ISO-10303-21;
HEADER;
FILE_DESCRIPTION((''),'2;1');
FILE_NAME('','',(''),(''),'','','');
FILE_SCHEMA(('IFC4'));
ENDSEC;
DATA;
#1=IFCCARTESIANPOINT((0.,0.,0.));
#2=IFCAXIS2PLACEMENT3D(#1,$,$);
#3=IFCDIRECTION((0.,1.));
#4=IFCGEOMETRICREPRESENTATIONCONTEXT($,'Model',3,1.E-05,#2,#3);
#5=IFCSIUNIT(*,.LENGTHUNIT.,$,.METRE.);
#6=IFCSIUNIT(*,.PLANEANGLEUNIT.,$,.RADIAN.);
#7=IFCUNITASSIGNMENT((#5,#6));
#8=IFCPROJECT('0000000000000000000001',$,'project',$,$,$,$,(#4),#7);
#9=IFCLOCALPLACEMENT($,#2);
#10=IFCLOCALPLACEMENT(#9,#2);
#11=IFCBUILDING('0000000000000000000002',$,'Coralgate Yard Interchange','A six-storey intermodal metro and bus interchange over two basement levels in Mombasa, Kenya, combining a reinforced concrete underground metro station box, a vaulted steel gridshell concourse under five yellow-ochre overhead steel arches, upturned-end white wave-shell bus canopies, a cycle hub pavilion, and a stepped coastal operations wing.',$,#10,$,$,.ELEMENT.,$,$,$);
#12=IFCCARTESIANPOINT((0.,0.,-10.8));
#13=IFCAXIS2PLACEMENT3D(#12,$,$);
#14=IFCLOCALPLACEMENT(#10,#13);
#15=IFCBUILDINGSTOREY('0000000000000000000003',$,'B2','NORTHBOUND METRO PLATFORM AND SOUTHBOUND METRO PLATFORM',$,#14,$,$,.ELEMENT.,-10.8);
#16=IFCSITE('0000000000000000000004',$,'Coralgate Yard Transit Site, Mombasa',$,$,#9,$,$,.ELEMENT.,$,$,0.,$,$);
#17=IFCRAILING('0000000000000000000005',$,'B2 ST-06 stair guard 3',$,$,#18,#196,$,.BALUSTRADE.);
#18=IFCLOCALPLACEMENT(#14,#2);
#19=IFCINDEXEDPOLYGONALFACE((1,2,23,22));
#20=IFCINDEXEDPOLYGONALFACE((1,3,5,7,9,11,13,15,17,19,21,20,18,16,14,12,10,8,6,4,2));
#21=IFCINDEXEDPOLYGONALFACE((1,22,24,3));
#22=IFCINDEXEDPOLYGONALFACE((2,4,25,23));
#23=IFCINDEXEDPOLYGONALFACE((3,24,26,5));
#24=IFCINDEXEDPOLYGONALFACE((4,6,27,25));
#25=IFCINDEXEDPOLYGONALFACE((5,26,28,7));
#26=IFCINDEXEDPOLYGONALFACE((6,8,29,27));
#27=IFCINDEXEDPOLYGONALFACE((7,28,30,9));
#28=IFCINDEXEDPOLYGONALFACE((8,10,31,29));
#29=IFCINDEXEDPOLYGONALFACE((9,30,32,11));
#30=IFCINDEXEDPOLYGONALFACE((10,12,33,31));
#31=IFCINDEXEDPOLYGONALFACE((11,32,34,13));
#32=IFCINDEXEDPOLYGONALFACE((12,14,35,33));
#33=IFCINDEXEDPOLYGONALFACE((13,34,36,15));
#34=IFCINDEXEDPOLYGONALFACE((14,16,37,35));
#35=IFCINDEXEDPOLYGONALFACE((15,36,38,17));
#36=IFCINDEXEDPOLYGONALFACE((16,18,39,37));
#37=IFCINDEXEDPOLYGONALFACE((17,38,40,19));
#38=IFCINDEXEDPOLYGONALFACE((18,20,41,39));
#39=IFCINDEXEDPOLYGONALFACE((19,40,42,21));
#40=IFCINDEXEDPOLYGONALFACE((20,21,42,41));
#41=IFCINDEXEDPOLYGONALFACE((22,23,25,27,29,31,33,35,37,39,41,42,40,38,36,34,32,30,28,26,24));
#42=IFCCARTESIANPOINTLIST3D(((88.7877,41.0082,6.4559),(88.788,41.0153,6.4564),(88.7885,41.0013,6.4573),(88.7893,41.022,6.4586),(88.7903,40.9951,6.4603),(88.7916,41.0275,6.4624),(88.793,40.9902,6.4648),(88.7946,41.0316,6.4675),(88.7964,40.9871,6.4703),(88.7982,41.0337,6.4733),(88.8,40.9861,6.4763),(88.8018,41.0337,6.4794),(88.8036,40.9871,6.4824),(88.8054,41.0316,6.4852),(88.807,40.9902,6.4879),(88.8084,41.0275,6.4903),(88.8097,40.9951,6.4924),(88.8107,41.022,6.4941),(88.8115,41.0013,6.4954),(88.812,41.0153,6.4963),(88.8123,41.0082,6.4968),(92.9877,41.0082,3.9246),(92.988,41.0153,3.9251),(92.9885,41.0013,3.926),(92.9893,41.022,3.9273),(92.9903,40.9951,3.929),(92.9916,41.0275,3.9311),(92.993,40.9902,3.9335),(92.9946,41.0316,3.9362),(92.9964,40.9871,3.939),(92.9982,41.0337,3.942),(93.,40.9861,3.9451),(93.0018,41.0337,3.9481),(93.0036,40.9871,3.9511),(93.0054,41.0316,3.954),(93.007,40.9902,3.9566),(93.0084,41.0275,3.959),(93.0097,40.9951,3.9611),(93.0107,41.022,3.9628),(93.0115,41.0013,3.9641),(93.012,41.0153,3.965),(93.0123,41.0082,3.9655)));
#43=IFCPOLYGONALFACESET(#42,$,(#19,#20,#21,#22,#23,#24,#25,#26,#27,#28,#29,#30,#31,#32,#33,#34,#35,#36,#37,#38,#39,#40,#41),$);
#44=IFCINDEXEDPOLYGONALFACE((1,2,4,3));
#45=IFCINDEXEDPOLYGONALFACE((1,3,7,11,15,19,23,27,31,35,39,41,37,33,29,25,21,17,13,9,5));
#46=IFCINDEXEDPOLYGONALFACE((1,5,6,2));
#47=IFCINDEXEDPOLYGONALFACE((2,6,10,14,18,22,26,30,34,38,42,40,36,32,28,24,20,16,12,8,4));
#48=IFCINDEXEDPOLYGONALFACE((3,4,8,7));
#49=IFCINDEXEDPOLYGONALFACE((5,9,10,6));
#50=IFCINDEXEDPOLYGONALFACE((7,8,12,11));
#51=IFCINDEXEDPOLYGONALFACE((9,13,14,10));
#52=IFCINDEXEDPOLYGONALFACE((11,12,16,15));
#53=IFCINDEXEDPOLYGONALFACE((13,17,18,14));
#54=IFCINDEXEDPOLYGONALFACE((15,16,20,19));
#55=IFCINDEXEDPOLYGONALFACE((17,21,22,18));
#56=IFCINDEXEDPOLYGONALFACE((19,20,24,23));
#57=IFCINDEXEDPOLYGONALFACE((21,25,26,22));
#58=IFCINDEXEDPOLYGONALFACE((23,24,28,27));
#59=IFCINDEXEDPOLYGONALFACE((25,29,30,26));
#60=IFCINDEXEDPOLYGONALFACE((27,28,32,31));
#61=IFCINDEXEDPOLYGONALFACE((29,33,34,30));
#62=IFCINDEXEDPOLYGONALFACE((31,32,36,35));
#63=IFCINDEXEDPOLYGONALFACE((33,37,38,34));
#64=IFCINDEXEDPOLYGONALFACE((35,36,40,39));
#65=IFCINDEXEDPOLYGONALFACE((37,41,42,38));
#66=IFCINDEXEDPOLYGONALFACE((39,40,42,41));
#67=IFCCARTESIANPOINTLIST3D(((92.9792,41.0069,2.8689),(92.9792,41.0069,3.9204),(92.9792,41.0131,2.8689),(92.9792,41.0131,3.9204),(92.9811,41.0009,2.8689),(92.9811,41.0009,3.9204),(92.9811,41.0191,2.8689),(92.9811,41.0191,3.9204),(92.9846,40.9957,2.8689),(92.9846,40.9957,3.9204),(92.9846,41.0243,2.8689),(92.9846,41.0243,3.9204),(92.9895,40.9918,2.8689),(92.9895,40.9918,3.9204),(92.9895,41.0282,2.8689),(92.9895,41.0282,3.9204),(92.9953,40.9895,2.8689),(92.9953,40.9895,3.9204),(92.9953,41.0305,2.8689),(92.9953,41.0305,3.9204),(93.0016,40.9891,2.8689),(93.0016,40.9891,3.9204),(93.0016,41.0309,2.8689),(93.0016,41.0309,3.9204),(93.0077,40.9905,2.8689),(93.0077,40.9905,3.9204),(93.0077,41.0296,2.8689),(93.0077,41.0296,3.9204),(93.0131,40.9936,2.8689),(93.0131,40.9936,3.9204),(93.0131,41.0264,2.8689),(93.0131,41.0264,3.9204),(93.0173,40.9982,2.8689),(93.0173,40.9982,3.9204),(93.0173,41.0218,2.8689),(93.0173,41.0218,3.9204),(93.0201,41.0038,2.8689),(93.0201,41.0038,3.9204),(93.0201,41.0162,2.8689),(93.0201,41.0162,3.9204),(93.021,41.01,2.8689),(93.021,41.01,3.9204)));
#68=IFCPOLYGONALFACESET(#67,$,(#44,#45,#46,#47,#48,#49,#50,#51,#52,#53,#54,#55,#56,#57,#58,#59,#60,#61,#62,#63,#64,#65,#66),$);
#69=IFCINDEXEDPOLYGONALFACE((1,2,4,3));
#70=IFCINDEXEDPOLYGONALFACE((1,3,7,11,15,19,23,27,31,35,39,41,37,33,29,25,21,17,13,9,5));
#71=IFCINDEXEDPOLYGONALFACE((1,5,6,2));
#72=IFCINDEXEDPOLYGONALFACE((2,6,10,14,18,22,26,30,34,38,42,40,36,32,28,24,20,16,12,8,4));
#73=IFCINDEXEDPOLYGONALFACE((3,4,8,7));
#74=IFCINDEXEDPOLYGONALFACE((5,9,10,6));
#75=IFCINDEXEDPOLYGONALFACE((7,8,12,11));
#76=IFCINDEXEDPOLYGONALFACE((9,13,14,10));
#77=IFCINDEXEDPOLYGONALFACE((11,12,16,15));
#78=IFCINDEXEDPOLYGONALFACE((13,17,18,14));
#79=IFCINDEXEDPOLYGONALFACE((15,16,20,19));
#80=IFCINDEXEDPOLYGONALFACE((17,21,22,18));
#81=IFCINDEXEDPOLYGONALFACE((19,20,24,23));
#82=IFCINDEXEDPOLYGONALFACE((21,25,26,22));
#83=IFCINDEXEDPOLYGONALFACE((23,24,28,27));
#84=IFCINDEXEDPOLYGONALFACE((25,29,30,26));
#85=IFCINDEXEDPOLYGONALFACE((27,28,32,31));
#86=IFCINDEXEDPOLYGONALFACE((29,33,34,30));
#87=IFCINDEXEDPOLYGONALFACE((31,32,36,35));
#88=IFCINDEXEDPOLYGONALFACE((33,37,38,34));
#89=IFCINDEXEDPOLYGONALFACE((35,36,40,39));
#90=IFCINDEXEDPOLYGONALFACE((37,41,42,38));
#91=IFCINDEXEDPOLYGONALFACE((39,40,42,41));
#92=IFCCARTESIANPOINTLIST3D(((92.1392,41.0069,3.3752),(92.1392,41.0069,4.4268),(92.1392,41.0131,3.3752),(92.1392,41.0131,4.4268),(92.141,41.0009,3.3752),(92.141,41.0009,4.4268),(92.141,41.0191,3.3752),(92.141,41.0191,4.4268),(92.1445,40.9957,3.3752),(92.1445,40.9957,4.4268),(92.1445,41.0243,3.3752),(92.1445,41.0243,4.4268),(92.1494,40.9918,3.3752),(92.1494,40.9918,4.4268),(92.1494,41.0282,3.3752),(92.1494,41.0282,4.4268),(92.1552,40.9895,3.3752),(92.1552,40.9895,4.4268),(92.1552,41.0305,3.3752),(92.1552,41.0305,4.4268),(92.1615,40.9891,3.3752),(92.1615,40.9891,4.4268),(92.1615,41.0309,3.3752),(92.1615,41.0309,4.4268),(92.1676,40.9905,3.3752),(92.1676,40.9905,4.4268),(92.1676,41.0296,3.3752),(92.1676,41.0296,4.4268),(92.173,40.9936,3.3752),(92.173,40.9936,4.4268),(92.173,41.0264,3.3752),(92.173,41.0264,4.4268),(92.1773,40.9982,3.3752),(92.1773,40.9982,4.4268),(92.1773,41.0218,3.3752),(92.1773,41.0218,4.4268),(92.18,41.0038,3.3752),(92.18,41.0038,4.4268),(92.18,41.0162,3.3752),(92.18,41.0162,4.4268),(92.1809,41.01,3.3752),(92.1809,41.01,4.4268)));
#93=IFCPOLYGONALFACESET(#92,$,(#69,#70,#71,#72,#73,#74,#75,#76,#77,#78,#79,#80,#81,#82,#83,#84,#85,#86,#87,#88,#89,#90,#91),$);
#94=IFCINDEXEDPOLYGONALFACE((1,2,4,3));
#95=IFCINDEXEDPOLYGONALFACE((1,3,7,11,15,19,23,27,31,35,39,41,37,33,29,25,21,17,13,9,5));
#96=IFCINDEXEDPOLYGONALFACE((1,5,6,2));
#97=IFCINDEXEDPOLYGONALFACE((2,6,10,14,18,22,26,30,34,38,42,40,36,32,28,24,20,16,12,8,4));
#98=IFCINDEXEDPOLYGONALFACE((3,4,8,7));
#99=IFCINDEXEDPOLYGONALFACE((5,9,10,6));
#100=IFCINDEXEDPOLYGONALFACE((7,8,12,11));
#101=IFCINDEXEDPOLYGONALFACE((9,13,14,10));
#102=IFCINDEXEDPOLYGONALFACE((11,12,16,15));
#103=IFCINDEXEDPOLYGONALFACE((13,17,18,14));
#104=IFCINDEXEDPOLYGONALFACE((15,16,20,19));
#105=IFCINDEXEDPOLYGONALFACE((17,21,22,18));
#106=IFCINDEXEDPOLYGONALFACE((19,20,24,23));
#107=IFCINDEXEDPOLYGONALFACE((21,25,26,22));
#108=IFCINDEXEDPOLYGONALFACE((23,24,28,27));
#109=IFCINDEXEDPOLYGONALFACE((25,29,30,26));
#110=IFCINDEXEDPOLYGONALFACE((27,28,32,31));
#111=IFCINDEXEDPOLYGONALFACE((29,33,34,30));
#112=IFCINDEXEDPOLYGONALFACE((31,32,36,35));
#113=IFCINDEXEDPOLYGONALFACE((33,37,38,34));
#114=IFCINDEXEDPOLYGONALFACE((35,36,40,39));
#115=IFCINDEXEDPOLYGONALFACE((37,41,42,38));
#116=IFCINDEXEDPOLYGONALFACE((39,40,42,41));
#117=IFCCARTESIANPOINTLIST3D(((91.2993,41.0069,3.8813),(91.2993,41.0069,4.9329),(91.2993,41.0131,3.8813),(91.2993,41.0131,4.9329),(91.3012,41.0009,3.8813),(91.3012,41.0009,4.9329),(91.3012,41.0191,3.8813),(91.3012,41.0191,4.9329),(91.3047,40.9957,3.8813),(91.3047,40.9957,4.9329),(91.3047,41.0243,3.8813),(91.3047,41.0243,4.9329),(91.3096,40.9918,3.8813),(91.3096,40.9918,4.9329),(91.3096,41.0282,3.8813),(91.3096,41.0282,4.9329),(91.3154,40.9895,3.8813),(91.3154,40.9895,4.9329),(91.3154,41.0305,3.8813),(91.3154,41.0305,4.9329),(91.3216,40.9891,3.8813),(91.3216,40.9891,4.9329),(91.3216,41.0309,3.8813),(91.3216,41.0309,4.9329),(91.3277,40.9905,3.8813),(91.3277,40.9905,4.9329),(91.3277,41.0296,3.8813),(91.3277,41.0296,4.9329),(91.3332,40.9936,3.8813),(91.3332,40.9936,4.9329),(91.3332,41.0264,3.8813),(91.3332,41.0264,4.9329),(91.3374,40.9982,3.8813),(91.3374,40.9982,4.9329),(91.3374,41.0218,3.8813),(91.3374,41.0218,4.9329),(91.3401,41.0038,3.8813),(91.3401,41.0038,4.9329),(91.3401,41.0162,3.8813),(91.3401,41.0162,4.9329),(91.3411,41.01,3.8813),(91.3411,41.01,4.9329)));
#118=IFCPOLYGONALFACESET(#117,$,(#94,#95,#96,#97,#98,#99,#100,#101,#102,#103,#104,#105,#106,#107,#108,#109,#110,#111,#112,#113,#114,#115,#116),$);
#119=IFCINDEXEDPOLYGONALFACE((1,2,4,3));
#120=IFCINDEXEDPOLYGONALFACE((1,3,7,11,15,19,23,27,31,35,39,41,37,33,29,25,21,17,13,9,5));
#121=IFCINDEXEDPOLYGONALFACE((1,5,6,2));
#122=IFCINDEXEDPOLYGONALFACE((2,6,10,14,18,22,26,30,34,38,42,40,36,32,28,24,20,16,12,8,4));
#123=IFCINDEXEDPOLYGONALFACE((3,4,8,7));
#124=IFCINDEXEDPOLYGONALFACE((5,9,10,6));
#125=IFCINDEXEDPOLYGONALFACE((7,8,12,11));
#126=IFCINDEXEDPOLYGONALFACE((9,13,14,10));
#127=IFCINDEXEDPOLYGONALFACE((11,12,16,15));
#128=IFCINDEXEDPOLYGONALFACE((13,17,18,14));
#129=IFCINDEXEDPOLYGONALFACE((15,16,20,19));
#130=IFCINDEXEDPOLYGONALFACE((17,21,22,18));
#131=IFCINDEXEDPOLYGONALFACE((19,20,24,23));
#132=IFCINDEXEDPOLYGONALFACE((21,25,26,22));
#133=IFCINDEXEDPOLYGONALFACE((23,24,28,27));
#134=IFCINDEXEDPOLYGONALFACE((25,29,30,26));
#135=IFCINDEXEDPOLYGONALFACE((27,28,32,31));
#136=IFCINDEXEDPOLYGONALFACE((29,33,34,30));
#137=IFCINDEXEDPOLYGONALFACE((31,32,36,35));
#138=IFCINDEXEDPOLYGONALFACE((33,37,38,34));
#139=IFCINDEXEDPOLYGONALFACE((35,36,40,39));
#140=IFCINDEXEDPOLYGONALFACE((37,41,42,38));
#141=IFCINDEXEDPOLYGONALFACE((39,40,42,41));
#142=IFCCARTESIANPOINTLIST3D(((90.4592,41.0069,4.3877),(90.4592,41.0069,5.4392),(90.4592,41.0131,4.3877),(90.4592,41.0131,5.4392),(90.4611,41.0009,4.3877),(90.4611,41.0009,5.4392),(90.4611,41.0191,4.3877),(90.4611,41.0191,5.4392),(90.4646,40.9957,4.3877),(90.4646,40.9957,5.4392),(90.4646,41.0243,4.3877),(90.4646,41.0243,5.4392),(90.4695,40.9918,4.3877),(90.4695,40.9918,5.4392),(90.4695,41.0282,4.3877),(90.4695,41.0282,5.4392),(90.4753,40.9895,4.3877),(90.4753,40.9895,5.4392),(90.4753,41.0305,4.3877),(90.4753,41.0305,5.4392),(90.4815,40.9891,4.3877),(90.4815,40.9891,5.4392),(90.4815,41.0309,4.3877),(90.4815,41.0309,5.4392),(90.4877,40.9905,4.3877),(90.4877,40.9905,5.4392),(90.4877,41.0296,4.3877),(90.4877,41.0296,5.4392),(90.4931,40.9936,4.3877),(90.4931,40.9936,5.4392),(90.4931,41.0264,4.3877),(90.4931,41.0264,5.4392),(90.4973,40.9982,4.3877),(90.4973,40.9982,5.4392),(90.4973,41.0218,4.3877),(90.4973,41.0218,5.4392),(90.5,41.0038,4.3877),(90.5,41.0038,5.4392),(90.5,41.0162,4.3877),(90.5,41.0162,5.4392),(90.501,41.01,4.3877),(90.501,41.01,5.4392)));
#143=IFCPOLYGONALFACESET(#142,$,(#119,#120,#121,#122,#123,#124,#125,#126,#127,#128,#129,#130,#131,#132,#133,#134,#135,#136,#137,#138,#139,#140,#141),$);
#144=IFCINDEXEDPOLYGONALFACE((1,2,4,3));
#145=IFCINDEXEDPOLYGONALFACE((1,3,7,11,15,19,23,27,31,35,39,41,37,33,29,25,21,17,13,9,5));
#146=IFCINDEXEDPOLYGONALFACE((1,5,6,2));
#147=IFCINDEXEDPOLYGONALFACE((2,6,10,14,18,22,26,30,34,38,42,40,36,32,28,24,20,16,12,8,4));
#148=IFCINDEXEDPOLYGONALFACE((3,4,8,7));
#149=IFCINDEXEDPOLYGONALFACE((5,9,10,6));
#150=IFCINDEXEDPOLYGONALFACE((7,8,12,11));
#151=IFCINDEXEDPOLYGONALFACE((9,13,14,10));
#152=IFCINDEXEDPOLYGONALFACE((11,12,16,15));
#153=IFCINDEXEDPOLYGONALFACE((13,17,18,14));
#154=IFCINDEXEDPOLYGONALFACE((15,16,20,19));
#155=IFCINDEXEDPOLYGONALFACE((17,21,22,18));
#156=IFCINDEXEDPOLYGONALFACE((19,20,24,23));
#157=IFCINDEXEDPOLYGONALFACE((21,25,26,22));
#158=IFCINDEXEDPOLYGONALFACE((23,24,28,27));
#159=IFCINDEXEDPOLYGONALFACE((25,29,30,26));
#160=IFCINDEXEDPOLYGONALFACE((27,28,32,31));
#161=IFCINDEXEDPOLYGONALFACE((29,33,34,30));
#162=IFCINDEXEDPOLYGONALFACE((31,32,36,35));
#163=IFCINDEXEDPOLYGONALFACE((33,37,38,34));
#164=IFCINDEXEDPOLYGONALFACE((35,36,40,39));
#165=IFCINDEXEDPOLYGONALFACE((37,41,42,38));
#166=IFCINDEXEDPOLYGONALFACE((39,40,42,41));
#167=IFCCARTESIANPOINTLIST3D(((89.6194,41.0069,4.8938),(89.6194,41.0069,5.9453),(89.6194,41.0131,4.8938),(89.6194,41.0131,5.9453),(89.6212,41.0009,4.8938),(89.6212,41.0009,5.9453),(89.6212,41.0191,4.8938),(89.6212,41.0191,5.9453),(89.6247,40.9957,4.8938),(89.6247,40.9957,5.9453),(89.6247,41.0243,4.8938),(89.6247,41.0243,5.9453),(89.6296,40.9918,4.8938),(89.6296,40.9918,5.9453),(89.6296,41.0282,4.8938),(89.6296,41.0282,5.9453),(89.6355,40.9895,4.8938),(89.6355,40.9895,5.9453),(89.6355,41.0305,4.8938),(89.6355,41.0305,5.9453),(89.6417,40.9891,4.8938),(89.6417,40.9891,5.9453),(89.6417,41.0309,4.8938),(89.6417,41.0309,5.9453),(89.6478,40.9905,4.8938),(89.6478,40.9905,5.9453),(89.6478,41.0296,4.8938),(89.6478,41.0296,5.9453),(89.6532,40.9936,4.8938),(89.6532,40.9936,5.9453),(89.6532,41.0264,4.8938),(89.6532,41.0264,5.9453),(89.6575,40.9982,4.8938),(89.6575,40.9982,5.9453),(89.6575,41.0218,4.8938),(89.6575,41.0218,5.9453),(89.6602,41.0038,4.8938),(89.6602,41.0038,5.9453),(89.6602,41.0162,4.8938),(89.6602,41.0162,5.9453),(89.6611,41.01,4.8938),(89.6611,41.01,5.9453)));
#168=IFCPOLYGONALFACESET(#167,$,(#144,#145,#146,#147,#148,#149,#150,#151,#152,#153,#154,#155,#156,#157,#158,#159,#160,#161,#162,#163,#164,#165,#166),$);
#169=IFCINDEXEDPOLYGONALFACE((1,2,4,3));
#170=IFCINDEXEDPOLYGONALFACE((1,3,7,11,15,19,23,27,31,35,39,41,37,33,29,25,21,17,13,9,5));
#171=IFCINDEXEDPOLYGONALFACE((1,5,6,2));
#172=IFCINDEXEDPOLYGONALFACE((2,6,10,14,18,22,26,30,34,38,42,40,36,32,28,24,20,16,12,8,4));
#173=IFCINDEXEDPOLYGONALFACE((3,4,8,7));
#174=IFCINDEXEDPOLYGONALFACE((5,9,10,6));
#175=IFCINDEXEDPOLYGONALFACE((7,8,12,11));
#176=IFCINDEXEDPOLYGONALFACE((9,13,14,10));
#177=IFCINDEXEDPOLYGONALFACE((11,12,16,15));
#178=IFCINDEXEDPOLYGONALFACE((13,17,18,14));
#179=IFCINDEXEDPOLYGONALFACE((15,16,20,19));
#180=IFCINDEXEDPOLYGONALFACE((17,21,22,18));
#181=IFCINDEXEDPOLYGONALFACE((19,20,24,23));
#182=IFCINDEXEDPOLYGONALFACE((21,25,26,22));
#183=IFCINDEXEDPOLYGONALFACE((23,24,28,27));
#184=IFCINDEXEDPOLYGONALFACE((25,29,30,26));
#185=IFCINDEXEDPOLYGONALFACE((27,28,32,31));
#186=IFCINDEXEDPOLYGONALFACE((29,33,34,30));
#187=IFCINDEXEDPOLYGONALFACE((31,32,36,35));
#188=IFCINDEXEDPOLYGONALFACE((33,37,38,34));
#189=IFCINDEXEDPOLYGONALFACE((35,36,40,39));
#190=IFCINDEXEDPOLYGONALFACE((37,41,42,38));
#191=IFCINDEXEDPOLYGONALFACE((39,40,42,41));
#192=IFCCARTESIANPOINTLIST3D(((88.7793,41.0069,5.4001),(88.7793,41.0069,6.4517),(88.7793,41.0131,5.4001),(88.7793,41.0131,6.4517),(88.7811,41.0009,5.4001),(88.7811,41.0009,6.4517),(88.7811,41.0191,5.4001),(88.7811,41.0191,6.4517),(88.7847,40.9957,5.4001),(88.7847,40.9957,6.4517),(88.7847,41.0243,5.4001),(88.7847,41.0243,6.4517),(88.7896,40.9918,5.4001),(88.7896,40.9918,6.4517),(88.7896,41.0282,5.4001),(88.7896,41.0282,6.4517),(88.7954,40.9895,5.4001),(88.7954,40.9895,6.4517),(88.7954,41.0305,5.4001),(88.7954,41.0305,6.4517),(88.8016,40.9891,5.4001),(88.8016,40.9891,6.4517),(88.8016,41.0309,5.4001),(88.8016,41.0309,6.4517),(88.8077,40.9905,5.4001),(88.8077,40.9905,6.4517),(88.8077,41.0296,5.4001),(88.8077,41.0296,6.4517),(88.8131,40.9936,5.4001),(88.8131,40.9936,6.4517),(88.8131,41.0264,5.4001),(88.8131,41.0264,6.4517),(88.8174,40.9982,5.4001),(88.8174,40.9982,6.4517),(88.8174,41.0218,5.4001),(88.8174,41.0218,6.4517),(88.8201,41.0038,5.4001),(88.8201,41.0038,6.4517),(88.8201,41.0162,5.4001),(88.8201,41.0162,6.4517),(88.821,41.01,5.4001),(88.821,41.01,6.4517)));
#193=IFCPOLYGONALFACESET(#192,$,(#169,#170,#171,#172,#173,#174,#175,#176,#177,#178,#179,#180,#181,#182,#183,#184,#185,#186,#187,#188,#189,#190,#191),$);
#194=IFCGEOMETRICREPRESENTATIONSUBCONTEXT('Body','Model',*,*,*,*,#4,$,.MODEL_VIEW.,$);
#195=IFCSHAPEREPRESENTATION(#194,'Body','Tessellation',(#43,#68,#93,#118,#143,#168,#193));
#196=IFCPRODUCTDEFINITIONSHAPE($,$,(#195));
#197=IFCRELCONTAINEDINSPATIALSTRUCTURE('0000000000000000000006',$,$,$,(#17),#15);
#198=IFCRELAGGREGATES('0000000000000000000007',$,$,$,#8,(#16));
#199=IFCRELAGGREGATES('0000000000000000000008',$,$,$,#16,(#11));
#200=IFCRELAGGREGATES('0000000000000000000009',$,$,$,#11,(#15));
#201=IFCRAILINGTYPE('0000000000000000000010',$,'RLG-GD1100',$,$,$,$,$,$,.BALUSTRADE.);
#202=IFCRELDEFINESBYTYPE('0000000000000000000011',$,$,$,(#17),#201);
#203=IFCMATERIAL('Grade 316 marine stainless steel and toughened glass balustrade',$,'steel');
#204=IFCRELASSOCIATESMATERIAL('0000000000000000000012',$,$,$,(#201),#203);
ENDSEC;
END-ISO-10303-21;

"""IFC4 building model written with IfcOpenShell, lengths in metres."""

from ifc_helpers import new_model, si_unit, direction, frame, origin, origin_2d, place, context, subcontext, project, spatial, circle, extrude, material, type_object, element, save


model = new_model("IFC4")

# Units and contexts
model_context = context("Model", 3, precision=1e-05, world=origin(), true_north=direction((0.0, 1.0)))
body_context = subcontext(model_context, "Body", "Model", "MODEL_VIEW")
ifc_project = project(units=[si_unit("LENGTHUNIT", "METRE"), si_unit("PLANEANGLEUNIT", "RADIAN")], contexts=[model_context])

# Site, building, storey
site_placement = place(None, origin())
site = spatial("IfcSite", under=ifc_project, at=site_placement, Name="Coralgate Yard Transit Site, Mombasa", CompositionType="ELEMENT", RefElevation=0.0)
building_placement = place(site_placement, origin())
building = spatial("IfcBuilding", under=site, at=building_placement, Name="Coralgate Yard Interchange", Description="A six-storey intermodal metro and bus interchange over two basement levels in Mombasa, Kenya, combining a reinforced concrete underground metro station box, a vaulted steel gridshell concourse under five yellow-ochre overhead steel arches, upturned-end white wave-shell bus canopies, a cycle hub pavilion, and a stepped coastal operations wing.", CompositionType="ELEMENT")
storey_placement = place(building_placement, frame((0.0, 0.0, -10.8)))
storey = spatial("IfcBuildingStorey", under=building, at=storey_placement, Name="B2", Description="NORTHBOUND METRO PLATFORM AND SOUTHBOUND METRO PLATFORM", CompositionType="ELEMENT", Elevation=-10.8)

# Railing
ifc_material_1 = material(Name="Grade 316 marine stainless steel and toughened glass balustrade", Category="steel")
railing_type_1 = type_object("IfcRailingType", Name="RLG-GD1100", PredefinedType="BALUSTRADE", material=ifc_material_1)
railing_1_placement = place(storey_placement, frame((93.0, 41.01, 2.8689)))
element("IfcRailing", 1, at=railing_1_placement, inside=storey, type_object=railing_type_1, Name="B2 ST-06 stair guard 3", PredefinedType="BALUSTRADE", context=body_context, shape_type="SweptSolid", body=[
    extrude(circle(Radius=0.0239, at=origin_2d()), frame((0.0, 0.0, 1.0762), z_axis=(-0.856476, 0.0, 0.516186), x_axis=(0.0, -1.0, 0.0)), (0.0, 0.0, 1.0), 4.9038),
    extrude(circle(Radius=0.021, at=origin_2d()), origin(), (0.0, 0.0, 1.0), 1.0515),
    extrude(circle(Radius=0.021, at=origin_2d()), frame((-0.8401, 0.0, 0.5063)), (0.0, 0.0, 1.0), 1.0515),
    extrude(circle(Radius=0.021, at=origin_2d()), frame((-1.6799, 0.0, 1.0125)), (0.0, 0.0, 1.0), 1.0515),
    extrude(circle(Radius=0.021, at=origin_2d()), frame((-2.52, 0.0, 1.5188)), (0.0, 0.0, 1.0), 1.0515),
    extrude(circle(Radius=0.021, at=origin_2d()), frame((-3.3599, 0.0, 2.0249)), (0.0, 0.0, 1.0), 1.0515),
    extrude(circle(Radius=0.021, at=origin_2d()), frame((-4.2, 0.0, 2.5312)), (0.0, 0.0, 1.0), 1.0515),
])

save(model, "model.ifc")
